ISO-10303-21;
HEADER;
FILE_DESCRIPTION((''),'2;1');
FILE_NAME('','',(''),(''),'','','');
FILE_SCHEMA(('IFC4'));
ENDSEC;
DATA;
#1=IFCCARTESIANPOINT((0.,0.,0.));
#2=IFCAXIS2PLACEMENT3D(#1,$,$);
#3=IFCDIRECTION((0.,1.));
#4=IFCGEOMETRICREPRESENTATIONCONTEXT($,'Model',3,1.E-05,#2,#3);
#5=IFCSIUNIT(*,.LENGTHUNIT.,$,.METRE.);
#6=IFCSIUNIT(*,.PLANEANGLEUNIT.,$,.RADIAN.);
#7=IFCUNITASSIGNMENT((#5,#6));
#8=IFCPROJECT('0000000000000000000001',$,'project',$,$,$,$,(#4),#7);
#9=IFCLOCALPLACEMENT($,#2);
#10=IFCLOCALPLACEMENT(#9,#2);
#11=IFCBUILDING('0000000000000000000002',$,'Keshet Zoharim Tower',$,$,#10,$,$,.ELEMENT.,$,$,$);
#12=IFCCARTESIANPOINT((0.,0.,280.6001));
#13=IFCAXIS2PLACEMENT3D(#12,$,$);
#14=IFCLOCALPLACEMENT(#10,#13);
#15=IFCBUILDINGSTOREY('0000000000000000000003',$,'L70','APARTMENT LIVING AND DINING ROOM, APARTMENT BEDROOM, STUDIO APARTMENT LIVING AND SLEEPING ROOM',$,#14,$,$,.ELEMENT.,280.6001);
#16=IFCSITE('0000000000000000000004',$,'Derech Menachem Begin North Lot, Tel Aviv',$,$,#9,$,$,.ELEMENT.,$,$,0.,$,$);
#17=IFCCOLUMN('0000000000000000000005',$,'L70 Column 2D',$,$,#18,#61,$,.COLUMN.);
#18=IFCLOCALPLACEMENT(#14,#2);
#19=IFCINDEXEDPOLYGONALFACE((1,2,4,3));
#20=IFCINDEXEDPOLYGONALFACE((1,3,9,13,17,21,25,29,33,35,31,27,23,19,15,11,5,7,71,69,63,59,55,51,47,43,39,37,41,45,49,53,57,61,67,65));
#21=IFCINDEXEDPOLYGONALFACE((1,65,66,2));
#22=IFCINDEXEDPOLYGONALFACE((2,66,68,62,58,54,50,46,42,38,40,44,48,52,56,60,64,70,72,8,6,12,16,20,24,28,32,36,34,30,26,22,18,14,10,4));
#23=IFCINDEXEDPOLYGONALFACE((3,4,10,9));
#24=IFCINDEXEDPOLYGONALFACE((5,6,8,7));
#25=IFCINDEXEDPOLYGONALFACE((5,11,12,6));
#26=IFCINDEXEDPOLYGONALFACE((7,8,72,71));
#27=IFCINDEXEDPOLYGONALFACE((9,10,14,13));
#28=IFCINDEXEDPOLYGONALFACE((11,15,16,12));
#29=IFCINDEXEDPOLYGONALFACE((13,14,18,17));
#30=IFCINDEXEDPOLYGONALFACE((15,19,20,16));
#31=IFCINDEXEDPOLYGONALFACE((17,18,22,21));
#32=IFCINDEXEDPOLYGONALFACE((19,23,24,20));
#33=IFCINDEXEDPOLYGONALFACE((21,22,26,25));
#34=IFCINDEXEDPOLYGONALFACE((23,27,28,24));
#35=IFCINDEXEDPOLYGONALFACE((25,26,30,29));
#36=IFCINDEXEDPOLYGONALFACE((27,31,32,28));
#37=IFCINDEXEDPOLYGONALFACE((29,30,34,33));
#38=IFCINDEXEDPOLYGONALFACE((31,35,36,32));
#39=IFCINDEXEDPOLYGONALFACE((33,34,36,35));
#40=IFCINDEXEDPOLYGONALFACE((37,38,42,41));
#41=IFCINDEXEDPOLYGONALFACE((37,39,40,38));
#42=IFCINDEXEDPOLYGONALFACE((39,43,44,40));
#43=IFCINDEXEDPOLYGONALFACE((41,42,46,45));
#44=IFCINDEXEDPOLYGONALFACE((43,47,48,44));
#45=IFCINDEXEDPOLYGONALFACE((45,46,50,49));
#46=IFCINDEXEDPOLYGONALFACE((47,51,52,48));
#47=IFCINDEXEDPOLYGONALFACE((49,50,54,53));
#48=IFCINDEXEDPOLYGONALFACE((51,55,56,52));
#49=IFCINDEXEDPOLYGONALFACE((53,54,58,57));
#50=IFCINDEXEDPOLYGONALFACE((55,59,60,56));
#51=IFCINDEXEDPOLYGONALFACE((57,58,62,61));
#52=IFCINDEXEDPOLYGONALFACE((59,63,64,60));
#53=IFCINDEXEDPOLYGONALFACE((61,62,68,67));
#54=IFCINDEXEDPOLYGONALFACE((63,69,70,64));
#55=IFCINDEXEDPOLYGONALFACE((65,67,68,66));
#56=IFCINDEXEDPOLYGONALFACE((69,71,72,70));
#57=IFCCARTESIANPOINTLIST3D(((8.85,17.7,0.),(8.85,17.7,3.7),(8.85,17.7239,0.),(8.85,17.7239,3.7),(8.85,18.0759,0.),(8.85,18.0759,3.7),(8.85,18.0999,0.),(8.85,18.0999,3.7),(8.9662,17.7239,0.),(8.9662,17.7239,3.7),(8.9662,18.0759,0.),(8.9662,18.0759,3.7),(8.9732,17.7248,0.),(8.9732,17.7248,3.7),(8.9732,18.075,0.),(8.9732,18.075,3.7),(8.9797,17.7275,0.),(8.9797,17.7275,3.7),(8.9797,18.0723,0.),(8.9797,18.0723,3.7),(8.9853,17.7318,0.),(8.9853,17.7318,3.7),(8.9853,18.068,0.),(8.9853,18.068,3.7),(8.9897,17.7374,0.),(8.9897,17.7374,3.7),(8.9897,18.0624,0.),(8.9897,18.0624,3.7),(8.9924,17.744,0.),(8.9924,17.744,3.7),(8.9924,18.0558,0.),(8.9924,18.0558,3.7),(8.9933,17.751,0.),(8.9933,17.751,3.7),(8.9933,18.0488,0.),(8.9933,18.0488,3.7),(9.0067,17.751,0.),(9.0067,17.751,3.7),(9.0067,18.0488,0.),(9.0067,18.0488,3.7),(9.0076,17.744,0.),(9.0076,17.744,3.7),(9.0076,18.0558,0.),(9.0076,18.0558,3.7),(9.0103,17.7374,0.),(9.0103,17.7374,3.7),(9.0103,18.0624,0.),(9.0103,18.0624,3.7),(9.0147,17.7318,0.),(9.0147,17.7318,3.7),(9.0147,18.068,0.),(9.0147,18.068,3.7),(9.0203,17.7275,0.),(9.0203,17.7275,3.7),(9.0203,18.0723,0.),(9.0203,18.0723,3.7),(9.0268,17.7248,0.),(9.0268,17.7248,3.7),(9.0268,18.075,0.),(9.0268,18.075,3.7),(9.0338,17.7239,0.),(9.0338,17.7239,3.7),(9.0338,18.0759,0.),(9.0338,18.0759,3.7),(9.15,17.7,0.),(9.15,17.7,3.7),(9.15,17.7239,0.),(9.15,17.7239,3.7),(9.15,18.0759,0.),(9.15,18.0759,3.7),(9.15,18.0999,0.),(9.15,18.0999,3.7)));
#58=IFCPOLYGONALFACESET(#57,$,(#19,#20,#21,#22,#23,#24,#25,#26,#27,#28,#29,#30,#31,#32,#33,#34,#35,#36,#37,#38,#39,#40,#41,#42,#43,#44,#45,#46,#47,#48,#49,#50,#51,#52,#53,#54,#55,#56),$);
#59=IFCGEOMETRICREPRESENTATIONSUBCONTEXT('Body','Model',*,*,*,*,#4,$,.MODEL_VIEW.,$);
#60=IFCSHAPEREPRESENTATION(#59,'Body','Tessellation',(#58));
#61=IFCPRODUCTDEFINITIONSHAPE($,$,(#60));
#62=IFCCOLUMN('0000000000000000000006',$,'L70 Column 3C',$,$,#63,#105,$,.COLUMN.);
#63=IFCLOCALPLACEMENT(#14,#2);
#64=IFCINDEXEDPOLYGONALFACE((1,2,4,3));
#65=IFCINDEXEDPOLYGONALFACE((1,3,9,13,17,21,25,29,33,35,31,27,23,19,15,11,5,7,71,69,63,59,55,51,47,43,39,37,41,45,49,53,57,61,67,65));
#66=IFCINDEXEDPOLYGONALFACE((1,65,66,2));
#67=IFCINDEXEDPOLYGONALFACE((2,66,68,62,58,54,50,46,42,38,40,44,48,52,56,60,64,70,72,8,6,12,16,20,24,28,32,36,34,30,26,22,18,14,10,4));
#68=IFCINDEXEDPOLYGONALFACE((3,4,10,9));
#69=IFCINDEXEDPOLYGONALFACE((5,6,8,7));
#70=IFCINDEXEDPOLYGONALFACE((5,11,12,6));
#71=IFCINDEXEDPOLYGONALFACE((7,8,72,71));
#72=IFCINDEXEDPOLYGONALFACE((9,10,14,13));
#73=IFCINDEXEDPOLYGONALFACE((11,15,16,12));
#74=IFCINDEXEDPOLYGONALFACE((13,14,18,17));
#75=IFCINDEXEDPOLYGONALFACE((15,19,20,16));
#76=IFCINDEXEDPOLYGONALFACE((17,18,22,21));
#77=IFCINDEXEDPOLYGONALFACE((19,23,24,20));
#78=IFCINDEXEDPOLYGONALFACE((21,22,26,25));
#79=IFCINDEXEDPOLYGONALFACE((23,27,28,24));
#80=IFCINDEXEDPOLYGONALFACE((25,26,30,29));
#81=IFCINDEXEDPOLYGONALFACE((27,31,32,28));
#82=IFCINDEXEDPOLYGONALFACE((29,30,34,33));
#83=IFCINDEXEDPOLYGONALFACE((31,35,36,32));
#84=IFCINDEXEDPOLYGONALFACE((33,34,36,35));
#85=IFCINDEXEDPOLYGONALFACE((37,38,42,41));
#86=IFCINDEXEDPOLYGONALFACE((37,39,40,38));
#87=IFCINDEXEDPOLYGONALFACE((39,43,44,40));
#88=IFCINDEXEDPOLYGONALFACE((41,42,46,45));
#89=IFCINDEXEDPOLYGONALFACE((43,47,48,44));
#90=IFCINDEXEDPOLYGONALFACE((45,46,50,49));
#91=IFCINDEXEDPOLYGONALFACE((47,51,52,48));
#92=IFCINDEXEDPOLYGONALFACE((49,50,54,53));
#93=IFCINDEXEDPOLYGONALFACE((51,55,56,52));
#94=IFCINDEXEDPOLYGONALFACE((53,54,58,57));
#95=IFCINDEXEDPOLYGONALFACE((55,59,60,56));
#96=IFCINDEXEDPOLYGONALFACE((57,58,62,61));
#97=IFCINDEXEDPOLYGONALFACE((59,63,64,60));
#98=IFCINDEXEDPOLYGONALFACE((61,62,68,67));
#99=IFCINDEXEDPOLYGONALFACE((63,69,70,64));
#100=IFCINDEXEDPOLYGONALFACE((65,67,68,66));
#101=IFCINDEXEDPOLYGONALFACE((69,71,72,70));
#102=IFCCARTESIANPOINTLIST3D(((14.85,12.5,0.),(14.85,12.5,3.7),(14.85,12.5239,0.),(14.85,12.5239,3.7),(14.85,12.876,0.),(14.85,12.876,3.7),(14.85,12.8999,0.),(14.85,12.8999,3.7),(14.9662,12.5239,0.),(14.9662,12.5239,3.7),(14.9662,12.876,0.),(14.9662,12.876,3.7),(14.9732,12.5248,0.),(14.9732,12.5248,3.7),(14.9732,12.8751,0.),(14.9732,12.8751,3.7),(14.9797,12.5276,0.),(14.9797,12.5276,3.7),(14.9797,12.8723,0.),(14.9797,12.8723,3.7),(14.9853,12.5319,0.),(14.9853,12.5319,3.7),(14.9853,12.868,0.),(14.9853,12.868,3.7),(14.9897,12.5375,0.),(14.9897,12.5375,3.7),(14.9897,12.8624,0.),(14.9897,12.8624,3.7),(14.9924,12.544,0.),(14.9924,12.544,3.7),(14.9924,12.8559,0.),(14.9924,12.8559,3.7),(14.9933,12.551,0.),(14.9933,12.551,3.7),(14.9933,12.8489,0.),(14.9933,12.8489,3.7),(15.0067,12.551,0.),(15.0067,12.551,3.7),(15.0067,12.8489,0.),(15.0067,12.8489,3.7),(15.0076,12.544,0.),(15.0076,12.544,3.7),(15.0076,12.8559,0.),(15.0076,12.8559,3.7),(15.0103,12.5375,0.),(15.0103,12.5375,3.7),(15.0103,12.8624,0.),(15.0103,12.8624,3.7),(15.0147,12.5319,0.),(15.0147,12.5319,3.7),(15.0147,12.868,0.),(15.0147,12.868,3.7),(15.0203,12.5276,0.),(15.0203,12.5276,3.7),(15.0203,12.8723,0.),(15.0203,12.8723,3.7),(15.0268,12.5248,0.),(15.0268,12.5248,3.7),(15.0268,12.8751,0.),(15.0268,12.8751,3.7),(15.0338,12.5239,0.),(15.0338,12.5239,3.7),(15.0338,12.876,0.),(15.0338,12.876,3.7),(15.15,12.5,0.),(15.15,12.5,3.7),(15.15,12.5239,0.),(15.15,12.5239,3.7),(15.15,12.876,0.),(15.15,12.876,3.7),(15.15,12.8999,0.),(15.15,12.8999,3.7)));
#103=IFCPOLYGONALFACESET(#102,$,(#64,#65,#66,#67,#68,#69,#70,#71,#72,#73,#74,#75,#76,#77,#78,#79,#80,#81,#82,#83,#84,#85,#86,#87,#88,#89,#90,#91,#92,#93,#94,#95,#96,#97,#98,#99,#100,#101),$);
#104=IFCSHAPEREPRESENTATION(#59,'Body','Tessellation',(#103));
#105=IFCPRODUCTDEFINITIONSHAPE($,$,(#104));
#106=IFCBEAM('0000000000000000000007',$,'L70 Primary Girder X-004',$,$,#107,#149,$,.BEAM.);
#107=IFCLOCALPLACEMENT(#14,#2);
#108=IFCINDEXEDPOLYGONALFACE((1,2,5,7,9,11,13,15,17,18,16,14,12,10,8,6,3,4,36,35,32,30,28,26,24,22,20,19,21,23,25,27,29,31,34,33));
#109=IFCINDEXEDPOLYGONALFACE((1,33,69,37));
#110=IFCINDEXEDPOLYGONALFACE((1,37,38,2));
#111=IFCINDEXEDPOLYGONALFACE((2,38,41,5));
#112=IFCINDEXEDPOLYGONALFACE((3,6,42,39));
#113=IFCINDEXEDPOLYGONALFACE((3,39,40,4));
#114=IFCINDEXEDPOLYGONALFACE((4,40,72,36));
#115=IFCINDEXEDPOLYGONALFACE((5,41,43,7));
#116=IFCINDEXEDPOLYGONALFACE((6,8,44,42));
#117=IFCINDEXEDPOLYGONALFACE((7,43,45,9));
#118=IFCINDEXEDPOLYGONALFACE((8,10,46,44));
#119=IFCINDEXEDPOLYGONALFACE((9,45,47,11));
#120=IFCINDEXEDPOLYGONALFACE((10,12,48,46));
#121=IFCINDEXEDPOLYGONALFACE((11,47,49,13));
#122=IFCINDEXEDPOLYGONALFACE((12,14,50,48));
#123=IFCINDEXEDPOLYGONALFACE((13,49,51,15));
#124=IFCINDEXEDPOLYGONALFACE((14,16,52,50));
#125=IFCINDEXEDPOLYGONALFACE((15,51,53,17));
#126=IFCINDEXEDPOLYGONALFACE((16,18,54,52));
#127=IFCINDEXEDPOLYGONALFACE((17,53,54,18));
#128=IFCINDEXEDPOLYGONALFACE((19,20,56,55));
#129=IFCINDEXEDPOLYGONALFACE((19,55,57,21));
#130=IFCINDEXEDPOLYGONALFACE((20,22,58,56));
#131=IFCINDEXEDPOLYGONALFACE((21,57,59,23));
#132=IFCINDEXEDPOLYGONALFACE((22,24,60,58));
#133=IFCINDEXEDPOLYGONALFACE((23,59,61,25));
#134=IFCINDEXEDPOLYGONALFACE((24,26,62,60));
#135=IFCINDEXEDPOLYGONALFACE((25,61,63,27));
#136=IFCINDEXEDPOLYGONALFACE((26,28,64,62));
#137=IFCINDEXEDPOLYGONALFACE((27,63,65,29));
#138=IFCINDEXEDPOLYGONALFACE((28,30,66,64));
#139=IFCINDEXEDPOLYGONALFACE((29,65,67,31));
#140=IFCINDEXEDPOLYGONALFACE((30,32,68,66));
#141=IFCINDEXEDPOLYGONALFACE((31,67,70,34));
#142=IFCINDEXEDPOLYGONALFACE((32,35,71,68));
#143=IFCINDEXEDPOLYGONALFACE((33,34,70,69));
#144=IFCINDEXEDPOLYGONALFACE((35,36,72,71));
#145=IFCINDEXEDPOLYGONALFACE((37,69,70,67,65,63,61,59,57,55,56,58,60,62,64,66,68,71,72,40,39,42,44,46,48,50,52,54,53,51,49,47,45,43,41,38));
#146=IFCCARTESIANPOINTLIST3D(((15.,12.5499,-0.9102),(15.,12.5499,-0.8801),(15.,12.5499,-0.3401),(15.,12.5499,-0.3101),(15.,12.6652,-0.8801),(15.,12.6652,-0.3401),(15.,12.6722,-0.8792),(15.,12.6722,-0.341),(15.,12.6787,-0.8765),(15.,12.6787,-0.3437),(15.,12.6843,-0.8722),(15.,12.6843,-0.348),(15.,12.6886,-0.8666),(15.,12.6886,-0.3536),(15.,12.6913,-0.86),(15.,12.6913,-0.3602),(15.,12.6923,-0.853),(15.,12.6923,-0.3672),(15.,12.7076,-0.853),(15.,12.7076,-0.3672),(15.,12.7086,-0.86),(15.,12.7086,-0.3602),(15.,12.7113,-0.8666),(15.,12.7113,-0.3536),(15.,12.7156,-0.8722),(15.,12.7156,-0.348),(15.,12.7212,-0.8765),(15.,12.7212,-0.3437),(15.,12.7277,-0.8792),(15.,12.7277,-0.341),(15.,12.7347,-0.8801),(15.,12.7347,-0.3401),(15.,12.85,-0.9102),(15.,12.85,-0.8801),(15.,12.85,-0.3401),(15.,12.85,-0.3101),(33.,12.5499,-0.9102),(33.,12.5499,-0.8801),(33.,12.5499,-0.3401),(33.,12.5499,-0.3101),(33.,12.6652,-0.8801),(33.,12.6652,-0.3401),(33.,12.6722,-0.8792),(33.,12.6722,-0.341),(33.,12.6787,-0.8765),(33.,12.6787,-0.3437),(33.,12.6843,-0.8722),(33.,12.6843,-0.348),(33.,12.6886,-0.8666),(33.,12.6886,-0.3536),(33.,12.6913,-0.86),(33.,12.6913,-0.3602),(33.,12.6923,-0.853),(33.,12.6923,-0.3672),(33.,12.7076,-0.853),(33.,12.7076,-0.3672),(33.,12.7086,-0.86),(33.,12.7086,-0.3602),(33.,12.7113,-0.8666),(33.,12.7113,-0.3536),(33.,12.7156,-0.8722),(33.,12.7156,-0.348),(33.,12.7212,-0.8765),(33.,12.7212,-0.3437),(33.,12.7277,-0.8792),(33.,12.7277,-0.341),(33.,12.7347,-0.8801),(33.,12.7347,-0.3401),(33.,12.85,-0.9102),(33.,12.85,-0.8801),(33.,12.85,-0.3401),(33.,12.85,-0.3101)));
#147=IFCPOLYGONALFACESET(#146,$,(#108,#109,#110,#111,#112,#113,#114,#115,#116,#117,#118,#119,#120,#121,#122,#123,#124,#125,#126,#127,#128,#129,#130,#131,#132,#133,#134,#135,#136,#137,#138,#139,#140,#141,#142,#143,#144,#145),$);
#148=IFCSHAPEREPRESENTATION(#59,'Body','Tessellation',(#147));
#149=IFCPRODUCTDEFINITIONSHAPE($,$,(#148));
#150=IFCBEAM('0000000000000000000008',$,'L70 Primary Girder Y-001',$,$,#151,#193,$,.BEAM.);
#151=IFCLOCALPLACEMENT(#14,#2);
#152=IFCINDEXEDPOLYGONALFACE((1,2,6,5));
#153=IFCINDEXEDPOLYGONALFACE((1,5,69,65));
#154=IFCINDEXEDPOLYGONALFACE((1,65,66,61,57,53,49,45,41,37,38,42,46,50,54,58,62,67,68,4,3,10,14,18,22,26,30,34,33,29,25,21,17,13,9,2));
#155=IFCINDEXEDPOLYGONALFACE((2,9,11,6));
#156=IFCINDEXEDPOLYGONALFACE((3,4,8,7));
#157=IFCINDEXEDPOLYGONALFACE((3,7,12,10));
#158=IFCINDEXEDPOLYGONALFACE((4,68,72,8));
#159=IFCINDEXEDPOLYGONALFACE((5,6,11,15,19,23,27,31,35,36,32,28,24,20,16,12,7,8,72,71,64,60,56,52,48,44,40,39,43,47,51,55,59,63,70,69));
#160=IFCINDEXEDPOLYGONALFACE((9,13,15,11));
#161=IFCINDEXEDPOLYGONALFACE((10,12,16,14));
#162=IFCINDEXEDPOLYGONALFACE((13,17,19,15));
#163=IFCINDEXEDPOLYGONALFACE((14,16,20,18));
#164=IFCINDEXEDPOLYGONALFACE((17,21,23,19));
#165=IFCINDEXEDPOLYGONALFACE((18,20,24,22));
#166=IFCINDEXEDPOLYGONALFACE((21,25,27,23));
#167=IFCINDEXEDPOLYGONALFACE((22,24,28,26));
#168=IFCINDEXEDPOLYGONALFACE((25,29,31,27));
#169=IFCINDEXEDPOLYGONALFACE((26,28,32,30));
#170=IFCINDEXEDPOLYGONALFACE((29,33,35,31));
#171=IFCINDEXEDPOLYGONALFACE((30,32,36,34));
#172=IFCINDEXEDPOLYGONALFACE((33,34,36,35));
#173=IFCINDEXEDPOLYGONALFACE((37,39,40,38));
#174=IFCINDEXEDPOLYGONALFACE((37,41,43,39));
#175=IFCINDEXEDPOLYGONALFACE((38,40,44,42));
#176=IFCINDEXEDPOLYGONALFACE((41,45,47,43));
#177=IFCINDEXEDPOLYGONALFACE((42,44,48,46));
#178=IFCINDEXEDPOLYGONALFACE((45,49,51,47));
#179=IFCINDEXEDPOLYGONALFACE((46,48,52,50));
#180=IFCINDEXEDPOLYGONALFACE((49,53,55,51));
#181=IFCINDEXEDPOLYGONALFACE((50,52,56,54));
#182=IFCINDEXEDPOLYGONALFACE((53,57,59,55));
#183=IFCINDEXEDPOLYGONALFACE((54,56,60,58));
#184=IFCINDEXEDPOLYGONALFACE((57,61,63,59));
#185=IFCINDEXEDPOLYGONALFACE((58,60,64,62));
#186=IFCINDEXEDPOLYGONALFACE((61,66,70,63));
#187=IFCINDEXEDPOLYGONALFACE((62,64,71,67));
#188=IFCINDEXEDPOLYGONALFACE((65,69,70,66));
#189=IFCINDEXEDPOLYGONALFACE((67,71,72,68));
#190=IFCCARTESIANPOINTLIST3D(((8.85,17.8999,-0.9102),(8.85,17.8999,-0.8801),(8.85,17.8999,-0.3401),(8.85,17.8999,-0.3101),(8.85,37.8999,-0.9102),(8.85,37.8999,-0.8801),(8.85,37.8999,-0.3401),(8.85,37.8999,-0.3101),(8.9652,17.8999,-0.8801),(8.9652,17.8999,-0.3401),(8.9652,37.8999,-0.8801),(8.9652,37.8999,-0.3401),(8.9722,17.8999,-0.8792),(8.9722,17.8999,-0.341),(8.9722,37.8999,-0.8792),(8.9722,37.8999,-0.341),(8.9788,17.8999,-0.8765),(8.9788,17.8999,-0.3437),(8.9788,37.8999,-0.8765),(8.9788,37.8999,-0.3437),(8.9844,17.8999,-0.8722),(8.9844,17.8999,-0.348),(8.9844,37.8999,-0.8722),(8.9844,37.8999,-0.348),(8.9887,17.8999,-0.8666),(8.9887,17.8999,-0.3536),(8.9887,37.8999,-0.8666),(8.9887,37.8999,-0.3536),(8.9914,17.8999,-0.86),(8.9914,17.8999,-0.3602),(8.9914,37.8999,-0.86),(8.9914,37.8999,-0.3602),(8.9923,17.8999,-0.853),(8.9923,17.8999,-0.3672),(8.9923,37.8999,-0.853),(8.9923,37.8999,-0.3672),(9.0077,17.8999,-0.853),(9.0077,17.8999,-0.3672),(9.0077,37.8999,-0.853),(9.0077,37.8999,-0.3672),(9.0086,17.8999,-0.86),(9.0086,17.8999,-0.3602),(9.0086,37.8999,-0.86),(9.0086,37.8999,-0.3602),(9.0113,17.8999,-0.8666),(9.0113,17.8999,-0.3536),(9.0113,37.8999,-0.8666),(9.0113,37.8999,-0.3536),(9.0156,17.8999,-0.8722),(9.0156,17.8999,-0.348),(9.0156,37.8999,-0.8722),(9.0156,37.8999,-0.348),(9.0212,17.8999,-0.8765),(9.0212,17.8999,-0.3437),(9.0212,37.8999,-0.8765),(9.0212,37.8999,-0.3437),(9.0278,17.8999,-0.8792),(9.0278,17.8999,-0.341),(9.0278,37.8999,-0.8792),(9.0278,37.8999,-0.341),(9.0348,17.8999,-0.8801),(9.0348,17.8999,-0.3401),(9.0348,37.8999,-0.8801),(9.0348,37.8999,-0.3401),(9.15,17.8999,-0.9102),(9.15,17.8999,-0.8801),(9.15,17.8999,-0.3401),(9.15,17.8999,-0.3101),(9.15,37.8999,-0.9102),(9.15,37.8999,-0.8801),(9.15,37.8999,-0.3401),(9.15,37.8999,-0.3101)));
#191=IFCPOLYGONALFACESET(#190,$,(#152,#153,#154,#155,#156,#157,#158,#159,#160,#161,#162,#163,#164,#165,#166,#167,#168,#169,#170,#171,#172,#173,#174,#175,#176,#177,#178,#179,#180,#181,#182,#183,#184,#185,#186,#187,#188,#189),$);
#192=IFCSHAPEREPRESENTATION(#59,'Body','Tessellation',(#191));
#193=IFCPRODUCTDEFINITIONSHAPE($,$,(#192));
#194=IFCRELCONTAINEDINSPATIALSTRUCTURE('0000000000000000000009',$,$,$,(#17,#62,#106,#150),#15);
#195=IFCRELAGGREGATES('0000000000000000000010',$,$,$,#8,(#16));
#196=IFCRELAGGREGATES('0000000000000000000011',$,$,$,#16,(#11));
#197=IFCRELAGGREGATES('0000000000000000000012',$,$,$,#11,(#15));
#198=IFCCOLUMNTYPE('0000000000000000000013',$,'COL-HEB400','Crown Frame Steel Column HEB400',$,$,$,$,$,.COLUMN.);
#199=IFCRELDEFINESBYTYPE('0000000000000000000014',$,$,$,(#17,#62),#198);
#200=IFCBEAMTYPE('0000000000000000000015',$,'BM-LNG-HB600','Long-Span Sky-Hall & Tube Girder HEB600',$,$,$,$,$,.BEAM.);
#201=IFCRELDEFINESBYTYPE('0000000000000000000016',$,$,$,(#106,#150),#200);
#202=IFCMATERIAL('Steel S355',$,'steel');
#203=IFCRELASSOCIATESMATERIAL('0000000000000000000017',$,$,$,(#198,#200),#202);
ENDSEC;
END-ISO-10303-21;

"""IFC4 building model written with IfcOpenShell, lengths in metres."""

from ifc_helpers import new_model, si_unit, direction, frame, origin, origin_2d, place, context, subcontext, project, spatial, i_section, extrude, material, material_profile, profile_set, type_object, element, save


model = new_model("IFC4")

# Units and contexts
model_context = context("Model", 3, precision=1e-05, world=origin(), true_north=direction((0.0, 1.0)))
body_context = subcontext(model_context, "Body", "Model", "MODEL_VIEW")
ifc_project = project(units=[si_unit("LENGTHUNIT", "METRE"), si_unit("PLANEANGLEUNIT", "RADIAN")], contexts=[model_context])

# Site, building, storey
site_placement = place(None, origin())
site = spatial("IfcSite", under=ifc_project, at=site_placement, Name="Derech Menachem Begin North Lot, Tel Aviv", CompositionType="ELEMENT", RefElevation=0.0)
building_placement = place(site_placement, origin())
building = spatial("IfcBuilding", under=site, at=building_placement, Name="Keshet Zoharim Tower", CompositionType="ELEMENT")
storey_placement = place(building_placement, frame((0.0, 0.0, 280.6001)))
storey = spatial("IfcBuildingStorey", under=building, at=storey_placement, Name="L70", Description="APARTMENT LIVING AND DINING ROOM, APARTMENT BEDROOM, STUDIO APARTMENT LIVING AND SLEEPING ROOM", CompositionType="ELEMENT", Elevation=280.6001)

# Columns
ifc_material_1 = material(Name="Steel S355", Category="steel")
ifc_material_profile_1 = material_profile(ifc_material_1, i_section(OverallWidth=0.3, OverallDepth=0.3999, WebThickness=0.0134, FlangeThickness=0.0239, FilletRadius=0.0271, at=origin_2d()), Name="HEB400")
ifc_profile_set_1 = profile_set([ifc_material_profile_1], Name="Steel S355")
column_type = type_object("IfcColumnType", Name="COL-HEB400", Description="Crown Frame Steel Column HEB400", PredefinedType="COLUMN", material=ifc_profile_set_1)
for number, where, z_axis, x_axis, name in (
    (1, (9.0, 17.8999, 0.0), (0.0, 0.0, 1.0), (1.0, 0.0, 0.0), "L70 Column 2D"),
    (2, (15.0, 12.7, 0.0), (0.0, 0.0, 1.0), (1.0, 0.0, 0.0), "L70 Column 3C"),
):
    element("IfcColumn", number, at=place(storey_placement, frame(where, z_axis=z_axis, x_axis=x_axis)), inside=storey, type_object=column_type, Name=name, PredefinedType="COLUMN", context=body_context, shape_type="SweptSolid", body=[
        extrude(i_section(OverallWidth=0.3, OverallDepth=0.3999, WebThickness=0.0134, FlangeThickness=0.0239, FilletRadius=0.0271, at=origin_2d()), origin(), (0.0, 0.0, 1.0), 3.7),
    ])

# Beams
ifc_material_profile_2 = material_profile(ifc_material_1, i_section(OverallWidth=0.3, OverallDepth=0.6001, WebThickness=0.0154, FlangeThickness=0.03, FilletRadius=0.0271, at=origin_2d()), Name="HEB600")
ifc_profile_set_2 = profile_set([ifc_material_profile_2], Name="Steel S355")
beam_type_1 = type_object("IfcBeamType", Name="BM-LNG-HB600", Description="Long-Span Sky-Hall & Tube Girder HEB600", PredefinedType="BEAM", material=ifc_profile_set_2)
beam_1_placement = place(storey_placement, frame((15.0, 12.7, -0.6101), z_axis=(1.0, 0.0, 0.0), x_axis=(0.0, 1.0, 0.0)))
element("IfcBeam", 3, at=beam_1_placement, inside=storey, type_object=beam_type_1, Name="L70 Primary Girder X-004", PredefinedType="BEAM", context=body_context, shape_type="SweptSolid", body=[
    extrude(i_section(OverallWidth=0.3, OverallDepth=0.6001, WebThickness=0.0154, FlangeThickness=0.03, FilletRadius=0.0271, at=origin_2d()), origin(), (0.0, 0.0, 1.0), 18.0),
])
beam_2_placement = place(storey_placement, frame((9.0, 17.8999, -0.6101), z_axis=(0.0, 1.0, 0.0), x_axis=(-1.0, 0.0, 0.0)))
element("IfcBeam", 4, at=beam_2_placement, inside=storey, type_object=beam_type_1, Name="L70 Primary Girder Y-001", PredefinedType="BEAM", context=body_context, shape_type="SweptSolid", body=[
    extrude(i_section(OverallWidth=0.3, OverallDepth=0.6001, WebThickness=0.0154, FlangeThickness=0.03, FilletRadius=0.0271, at=origin_2d()), origin(), (0.0, 0.0, 1.0), 20.0),
])

save(model, "model.ifc")
